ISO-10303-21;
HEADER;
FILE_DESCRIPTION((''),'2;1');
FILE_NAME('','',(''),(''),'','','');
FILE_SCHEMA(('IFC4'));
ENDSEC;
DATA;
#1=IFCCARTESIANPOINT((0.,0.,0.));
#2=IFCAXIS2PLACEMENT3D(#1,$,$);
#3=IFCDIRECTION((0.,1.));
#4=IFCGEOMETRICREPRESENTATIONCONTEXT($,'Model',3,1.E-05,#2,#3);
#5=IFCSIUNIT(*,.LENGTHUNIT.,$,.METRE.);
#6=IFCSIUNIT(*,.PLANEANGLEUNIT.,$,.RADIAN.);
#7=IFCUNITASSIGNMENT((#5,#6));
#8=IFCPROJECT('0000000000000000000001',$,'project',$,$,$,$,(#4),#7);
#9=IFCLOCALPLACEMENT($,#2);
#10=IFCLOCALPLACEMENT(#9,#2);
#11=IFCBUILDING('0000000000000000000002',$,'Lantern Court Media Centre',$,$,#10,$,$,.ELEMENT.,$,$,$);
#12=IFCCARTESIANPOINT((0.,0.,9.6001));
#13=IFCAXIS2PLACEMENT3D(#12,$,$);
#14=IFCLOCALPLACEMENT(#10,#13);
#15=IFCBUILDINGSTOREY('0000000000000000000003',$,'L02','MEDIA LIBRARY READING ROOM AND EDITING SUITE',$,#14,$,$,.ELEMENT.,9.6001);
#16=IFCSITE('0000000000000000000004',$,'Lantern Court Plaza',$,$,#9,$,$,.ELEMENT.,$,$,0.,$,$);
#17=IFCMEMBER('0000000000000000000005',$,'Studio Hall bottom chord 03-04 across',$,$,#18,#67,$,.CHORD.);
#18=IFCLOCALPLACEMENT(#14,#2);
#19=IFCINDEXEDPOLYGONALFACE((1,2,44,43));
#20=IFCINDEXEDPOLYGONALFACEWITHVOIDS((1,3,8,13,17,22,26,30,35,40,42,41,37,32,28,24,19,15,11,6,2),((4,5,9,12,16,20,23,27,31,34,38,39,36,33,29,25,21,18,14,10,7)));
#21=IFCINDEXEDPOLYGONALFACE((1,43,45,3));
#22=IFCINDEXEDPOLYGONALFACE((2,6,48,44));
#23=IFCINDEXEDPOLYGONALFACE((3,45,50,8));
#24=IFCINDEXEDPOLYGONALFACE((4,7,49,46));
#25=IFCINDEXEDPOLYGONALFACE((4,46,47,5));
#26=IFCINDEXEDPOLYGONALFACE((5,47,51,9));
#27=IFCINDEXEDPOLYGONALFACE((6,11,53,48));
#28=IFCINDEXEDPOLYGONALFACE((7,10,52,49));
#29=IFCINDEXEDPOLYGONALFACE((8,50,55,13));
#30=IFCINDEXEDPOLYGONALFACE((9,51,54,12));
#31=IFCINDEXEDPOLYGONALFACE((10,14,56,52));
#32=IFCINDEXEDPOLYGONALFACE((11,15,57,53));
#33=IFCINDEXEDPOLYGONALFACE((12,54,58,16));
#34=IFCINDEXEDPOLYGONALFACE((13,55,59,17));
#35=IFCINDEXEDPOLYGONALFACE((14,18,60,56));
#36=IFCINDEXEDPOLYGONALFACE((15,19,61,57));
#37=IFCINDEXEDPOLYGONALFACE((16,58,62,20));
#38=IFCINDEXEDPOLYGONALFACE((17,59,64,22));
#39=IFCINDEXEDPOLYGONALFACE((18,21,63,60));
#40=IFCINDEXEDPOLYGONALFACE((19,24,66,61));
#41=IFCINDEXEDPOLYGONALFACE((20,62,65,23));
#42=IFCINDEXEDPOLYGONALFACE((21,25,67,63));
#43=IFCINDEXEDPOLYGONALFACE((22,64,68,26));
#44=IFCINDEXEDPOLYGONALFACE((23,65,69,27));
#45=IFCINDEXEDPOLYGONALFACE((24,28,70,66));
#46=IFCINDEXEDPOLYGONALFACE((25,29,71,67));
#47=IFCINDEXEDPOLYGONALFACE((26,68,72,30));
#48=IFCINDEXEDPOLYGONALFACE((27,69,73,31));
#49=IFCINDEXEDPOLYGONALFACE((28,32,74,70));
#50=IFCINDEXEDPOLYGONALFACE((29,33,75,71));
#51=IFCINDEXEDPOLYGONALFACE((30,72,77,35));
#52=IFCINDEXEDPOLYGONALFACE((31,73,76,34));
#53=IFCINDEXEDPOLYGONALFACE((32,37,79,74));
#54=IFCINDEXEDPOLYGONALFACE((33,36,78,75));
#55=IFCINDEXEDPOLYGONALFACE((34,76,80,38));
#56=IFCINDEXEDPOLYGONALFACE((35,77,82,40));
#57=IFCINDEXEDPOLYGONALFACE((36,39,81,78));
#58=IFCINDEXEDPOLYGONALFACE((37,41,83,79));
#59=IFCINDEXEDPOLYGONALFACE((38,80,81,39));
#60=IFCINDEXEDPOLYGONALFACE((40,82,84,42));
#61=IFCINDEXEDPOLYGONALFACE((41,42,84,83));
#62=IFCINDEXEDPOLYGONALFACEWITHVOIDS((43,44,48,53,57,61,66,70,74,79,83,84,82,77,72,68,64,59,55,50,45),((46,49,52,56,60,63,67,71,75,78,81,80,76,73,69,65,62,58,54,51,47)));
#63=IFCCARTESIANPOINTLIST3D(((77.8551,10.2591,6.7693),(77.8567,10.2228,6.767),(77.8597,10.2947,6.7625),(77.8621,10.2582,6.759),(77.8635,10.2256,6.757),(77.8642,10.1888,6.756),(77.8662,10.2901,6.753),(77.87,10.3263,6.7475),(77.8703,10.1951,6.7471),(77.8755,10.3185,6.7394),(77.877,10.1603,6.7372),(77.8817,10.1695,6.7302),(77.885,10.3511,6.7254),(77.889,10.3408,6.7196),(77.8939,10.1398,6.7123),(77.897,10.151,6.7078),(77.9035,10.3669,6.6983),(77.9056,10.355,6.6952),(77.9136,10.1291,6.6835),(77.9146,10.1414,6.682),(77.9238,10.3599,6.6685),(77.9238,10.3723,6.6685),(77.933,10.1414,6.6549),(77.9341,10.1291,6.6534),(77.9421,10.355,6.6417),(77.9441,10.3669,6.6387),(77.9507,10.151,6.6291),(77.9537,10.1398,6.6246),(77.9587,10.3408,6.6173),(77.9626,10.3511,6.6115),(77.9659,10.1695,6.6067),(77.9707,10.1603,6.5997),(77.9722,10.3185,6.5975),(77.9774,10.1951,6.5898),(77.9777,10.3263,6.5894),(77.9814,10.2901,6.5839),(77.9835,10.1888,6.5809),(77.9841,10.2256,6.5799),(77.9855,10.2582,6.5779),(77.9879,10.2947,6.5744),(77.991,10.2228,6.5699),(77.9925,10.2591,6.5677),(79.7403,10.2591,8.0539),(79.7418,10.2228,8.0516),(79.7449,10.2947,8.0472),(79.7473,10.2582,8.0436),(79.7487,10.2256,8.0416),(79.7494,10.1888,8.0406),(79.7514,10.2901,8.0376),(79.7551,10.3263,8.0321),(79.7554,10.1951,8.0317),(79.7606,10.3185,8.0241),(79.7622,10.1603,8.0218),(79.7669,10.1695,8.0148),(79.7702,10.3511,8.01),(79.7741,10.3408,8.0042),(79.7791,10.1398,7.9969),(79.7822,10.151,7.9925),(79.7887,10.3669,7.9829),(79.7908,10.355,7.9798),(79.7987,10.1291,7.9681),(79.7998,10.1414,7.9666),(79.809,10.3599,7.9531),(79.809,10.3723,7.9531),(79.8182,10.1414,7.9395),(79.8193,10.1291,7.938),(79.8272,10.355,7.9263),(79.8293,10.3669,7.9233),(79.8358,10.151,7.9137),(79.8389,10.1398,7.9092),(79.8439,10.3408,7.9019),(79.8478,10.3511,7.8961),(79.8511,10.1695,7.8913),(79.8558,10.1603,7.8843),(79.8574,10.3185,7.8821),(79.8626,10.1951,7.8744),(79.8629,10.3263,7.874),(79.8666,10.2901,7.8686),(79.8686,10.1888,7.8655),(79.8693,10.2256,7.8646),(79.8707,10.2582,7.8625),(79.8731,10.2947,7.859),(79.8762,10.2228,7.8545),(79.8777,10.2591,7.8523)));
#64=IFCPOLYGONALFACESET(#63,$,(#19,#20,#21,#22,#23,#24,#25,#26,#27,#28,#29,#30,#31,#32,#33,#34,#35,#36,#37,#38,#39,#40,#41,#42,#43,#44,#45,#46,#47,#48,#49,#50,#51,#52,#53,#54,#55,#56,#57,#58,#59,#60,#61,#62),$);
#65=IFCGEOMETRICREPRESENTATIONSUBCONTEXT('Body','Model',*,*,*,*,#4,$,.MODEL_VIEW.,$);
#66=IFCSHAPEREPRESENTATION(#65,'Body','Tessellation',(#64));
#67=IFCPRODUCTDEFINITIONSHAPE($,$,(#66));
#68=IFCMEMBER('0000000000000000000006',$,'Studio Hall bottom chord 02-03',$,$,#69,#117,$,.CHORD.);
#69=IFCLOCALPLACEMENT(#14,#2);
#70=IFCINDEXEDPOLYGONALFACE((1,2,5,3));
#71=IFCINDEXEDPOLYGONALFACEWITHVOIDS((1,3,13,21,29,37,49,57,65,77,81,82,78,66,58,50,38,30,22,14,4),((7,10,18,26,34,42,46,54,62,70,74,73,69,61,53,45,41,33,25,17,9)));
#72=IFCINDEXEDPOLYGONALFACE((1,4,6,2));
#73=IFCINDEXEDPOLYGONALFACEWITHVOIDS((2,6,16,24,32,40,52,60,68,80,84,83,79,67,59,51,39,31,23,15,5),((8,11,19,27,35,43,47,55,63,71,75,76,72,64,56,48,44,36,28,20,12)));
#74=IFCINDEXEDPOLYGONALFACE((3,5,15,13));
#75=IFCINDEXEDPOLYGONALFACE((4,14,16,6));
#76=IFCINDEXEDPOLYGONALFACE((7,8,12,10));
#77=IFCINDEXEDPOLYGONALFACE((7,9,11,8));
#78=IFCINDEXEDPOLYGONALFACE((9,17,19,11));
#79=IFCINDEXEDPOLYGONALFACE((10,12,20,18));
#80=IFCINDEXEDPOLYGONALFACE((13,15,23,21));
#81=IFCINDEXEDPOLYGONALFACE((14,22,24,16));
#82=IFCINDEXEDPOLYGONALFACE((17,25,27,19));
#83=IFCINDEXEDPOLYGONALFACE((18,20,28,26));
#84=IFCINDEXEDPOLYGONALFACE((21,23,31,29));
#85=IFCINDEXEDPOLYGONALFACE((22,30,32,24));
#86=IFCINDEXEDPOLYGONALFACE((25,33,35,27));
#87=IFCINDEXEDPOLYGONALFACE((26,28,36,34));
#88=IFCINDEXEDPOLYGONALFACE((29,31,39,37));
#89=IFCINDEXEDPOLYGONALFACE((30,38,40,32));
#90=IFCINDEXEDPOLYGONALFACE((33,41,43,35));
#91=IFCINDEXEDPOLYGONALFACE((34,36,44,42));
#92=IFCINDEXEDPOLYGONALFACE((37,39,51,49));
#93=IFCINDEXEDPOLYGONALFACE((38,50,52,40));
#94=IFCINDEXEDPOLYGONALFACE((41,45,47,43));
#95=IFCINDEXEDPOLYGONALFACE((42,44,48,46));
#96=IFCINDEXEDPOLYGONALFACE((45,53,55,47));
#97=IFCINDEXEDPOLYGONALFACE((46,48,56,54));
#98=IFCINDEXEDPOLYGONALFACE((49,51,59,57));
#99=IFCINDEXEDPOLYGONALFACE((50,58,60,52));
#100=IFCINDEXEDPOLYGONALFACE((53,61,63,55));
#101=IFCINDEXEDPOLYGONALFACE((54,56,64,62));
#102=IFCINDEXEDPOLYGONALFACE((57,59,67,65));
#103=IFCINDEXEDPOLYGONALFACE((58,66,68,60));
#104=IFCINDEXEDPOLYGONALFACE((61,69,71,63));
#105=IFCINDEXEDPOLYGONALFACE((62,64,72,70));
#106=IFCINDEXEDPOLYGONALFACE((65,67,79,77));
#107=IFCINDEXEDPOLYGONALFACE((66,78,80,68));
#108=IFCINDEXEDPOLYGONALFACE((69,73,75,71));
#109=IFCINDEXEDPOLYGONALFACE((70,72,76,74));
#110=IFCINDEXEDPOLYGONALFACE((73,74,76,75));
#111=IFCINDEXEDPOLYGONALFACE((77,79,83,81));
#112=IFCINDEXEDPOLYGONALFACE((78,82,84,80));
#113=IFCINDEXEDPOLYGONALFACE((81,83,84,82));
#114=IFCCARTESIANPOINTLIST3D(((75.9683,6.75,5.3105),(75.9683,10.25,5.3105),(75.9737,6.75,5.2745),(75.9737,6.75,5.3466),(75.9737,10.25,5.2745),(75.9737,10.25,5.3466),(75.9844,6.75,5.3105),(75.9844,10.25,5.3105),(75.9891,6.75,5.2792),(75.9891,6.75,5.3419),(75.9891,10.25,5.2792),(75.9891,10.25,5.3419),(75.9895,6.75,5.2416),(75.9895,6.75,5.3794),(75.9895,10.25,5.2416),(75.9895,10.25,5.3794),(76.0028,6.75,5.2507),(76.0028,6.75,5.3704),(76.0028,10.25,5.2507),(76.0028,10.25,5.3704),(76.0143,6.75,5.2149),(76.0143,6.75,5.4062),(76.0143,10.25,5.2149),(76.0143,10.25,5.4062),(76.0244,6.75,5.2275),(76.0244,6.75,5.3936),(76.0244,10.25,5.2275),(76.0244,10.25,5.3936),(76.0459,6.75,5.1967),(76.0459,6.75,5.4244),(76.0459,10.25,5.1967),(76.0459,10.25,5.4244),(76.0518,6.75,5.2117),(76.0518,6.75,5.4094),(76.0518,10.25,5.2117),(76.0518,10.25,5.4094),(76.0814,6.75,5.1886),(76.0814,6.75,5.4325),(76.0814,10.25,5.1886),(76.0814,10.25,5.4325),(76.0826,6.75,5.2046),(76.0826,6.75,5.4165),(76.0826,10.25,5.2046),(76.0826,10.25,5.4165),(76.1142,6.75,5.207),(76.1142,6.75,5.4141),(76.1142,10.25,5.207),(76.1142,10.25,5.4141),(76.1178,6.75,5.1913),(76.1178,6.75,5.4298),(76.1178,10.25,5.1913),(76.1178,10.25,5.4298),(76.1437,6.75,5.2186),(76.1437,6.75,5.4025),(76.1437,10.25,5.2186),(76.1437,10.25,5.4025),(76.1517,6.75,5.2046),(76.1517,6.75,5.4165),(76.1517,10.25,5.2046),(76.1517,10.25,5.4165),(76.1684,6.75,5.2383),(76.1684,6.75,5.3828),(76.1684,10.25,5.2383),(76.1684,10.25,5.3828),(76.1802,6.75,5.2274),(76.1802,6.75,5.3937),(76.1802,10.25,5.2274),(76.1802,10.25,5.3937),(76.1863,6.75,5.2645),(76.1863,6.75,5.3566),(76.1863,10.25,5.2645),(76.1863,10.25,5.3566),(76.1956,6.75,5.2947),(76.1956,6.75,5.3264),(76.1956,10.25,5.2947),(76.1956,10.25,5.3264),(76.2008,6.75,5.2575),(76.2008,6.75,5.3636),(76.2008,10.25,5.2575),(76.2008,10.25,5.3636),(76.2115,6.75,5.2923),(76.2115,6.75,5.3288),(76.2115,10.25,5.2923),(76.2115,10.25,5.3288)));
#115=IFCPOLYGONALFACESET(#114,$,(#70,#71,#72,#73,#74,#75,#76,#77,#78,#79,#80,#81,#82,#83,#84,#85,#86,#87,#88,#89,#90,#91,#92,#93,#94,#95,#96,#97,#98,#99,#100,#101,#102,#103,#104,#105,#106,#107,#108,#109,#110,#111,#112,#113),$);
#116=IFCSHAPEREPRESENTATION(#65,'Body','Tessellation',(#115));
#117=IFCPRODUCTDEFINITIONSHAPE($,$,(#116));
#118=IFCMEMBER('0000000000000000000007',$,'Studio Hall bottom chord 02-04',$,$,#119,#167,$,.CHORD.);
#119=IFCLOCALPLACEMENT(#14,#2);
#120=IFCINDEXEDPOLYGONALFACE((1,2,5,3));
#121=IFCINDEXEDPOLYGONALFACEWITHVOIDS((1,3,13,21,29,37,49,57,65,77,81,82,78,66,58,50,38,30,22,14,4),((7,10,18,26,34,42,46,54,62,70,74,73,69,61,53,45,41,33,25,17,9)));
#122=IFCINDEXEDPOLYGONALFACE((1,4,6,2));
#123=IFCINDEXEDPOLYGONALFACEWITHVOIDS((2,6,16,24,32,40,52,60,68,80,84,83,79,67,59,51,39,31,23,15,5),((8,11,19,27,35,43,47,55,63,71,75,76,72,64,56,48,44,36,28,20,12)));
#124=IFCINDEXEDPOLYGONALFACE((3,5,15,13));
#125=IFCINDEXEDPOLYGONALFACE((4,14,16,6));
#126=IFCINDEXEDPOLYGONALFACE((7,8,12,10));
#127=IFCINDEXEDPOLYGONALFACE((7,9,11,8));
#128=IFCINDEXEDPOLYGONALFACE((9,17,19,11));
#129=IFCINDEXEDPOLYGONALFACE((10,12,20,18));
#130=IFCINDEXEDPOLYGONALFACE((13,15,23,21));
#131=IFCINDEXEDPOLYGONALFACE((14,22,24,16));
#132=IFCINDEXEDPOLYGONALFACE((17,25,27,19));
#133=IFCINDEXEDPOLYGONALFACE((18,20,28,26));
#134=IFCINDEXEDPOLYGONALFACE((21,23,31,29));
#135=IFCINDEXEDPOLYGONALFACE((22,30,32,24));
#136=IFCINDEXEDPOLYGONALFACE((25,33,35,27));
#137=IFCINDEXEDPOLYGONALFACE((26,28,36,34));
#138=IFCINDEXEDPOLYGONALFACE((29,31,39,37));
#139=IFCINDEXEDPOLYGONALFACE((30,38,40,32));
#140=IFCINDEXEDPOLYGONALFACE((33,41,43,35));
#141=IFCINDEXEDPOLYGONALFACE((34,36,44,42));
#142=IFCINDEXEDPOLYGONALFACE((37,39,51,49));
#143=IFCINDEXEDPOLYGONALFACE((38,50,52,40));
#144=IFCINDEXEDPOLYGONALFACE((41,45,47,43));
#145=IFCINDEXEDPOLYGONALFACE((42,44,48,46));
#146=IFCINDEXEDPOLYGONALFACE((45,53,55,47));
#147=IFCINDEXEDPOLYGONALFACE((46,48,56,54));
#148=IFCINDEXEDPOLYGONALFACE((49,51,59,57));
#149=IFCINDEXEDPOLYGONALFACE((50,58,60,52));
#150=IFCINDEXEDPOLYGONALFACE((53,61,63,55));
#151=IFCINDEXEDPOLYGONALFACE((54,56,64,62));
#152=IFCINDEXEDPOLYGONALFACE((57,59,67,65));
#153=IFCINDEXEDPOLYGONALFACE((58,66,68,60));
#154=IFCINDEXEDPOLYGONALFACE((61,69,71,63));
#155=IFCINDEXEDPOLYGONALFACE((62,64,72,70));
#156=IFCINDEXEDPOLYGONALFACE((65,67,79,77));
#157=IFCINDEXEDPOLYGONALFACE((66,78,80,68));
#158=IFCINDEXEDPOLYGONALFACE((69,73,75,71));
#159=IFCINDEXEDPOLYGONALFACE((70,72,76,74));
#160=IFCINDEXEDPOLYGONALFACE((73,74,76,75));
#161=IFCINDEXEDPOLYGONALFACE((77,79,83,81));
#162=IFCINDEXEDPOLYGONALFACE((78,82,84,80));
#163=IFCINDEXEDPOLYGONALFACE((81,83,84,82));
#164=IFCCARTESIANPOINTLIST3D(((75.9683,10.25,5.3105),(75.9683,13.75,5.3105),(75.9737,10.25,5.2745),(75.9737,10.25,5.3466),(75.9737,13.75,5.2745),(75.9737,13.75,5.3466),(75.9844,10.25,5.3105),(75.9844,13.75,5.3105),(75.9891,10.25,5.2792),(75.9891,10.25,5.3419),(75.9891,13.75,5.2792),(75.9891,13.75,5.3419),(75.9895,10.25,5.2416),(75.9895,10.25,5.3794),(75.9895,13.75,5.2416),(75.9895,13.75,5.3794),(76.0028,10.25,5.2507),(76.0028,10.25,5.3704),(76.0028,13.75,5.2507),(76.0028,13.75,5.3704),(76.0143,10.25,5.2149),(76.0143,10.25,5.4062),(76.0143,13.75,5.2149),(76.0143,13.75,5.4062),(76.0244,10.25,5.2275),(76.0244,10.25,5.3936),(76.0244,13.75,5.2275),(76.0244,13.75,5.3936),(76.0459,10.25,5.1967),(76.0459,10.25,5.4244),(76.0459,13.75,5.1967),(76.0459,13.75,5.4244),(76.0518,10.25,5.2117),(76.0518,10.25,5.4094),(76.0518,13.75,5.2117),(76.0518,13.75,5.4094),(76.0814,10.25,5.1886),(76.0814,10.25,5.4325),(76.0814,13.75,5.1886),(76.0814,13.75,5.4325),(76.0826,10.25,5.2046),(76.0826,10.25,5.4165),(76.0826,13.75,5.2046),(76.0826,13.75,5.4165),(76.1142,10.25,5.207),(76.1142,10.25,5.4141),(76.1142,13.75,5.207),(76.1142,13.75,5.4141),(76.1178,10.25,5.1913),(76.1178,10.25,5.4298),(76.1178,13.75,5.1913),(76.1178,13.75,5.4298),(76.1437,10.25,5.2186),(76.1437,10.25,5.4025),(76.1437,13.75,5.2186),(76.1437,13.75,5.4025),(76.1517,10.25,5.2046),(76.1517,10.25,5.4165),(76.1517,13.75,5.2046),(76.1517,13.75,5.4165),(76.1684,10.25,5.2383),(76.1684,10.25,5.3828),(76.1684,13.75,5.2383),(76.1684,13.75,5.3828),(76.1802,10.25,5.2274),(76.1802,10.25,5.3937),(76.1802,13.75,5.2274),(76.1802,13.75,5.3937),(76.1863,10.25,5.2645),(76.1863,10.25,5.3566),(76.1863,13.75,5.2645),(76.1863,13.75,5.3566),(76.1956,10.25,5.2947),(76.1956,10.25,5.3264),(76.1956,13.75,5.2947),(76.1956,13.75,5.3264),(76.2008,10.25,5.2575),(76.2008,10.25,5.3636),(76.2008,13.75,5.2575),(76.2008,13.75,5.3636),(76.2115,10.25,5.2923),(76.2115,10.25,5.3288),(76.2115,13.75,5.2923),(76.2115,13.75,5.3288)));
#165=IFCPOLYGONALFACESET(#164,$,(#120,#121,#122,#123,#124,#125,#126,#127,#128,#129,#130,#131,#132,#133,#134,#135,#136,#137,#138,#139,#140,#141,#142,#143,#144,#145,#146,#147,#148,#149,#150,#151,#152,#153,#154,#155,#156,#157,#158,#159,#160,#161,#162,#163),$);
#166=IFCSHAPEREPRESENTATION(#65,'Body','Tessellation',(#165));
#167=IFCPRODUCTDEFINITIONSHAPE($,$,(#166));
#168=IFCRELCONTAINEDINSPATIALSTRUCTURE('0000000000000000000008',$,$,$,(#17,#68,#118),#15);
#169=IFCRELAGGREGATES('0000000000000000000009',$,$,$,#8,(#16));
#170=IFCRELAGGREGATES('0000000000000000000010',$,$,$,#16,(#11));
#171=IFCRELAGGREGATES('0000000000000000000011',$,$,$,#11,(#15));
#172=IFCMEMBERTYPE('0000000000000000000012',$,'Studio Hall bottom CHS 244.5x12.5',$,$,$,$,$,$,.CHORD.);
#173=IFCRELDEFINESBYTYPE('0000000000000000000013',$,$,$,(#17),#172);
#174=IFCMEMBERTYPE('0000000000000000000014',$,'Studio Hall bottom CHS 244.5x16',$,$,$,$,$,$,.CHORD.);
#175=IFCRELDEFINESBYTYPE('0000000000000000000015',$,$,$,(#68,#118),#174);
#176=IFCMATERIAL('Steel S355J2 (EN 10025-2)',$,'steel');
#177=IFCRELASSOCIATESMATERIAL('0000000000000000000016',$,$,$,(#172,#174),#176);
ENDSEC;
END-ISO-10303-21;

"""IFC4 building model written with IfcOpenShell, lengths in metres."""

from ifc_helpers import new_model, si_unit, direction, frame, origin, origin_2d, place, context, subcontext, project, spatial, hollow_circle, extrude, material, material_profile, profile_set, type_object, element, save


model = new_model("IFC4")

# Units and contexts
model_context = context("Model", 3, precision=1e-05, world=origin(), true_north=direction((0.0, 1.0)))
body_context = subcontext(model_context, "Body", "Model", "MODEL_VIEW")
ifc_project = project(units=[si_unit("LENGTHUNIT", "METRE"), si_unit("PLANEANGLEUNIT", "RADIAN")], contexts=[model_context])

# Site, building, storey
site_placement = place(None, origin())
site = spatial("IfcSite", under=ifc_project, at=site_placement, Name="Lantern Court Plaza", CompositionType="ELEMENT", RefElevation=0.0)
building_placement = place(site_placement, origin())
building = spatial("IfcBuilding", under=site, at=building_placement, Name="Lantern Court Media Centre", CompositionType="ELEMENT")
storey_placement = place(building_placement, frame((0.0, 0.0, 9.6001)))
storey = spatial("IfcBuildingStorey", under=building, at=storey_placement, Name="L02", Description="MEDIA LIBRARY READING ROOM AND EDITING SUITE", CompositionType="ELEMENT", Elevation=9.6001)

# Members
ifc_material_1 = material(Name="Steel S355J2 (EN 10025-2)", Category="steel")
ifc_material_profile_1 = material_profile(ifc_material_1, hollow_circle(Radius=0.1223, WallThickness=0.0125, at=origin_2d()), Name="Studio Hall bottom CHS 244.5x12.5")
ifc_profile_set_1 = profile_set([ifc_material_profile_1], Name="Steel S355J2 (EN 10025-2)")
member_type_1 = type_object("IfcMemberType", Name="Studio Hall bottom CHS 244.5x12.5", PredefinedType="CHORD", material=ifc_profile_set_1)
for number, where, z_axis, x_axis, name in (
    (1, (77.9238, 10.25, 6.6685), (0.826377, 0.0, 0.563118), (0.0, 1.0, 0.0), "Studio Hall bottom chord 03-04 across"),
):
    element("IfcMember", number, at=place(storey_placement, frame(where, z_axis=z_axis, x_axis=x_axis)), inside=storey, type_object=member_type_1, Name=name, PredefinedType="CHORD", context=body_context, shape_type="SweptSolid", body=[
        extrude(hollow_circle(Radius=0.1223, WallThickness=0.0125, at=origin_2d()), origin(), (0.0, 0.0, 1.0), 2.2812),
    ])
ifc_material_profile_2 = material_profile(ifc_material_1, hollow_circle(Radius=0.1223, WallThickness=0.0161, at=origin_2d()), Name="Studio Hall bottom CHS 244.5x16")
ifc_profile_set_2 = profile_set([ifc_material_profile_2], Name="Steel S355J2 (EN 10025-2)")
member_type_2 = type_object("IfcMemberType", Name="Studio Hall bottom CHS 244.5x16", PredefinedType="CHORD", material=ifc_profile_set_2)
for number, where, z_axis, x_axis, name in (
    (2, (76.0906, 6.75, 5.3105), (0.0, 1.0, 0.0), (-1.0, 0.0, 0.0), "Studio Hall bottom chord 02-03"),
    (3, (76.0906, 10.25, 5.3105), (0.0, 1.0, 0.0), (-1.0, 0.0, 0.0), "Studio Hall bottom chord 02-04"),
):
    element("IfcMember", number, at=place(storey_placement, frame(where, z_axis=z_axis, x_axis=x_axis)), inside=storey, type_object=member_type_2, Name=name, PredefinedType="CHORD", context=body_context, shape_type="SweptSolid", body=[
        extrude(hollow_circle(Radius=0.1223, WallThickness=0.0161, at=origin_2d()), origin(), (0.0, 0.0, 1.0), 3.5),
    ])

save(model, "model.ifc")
